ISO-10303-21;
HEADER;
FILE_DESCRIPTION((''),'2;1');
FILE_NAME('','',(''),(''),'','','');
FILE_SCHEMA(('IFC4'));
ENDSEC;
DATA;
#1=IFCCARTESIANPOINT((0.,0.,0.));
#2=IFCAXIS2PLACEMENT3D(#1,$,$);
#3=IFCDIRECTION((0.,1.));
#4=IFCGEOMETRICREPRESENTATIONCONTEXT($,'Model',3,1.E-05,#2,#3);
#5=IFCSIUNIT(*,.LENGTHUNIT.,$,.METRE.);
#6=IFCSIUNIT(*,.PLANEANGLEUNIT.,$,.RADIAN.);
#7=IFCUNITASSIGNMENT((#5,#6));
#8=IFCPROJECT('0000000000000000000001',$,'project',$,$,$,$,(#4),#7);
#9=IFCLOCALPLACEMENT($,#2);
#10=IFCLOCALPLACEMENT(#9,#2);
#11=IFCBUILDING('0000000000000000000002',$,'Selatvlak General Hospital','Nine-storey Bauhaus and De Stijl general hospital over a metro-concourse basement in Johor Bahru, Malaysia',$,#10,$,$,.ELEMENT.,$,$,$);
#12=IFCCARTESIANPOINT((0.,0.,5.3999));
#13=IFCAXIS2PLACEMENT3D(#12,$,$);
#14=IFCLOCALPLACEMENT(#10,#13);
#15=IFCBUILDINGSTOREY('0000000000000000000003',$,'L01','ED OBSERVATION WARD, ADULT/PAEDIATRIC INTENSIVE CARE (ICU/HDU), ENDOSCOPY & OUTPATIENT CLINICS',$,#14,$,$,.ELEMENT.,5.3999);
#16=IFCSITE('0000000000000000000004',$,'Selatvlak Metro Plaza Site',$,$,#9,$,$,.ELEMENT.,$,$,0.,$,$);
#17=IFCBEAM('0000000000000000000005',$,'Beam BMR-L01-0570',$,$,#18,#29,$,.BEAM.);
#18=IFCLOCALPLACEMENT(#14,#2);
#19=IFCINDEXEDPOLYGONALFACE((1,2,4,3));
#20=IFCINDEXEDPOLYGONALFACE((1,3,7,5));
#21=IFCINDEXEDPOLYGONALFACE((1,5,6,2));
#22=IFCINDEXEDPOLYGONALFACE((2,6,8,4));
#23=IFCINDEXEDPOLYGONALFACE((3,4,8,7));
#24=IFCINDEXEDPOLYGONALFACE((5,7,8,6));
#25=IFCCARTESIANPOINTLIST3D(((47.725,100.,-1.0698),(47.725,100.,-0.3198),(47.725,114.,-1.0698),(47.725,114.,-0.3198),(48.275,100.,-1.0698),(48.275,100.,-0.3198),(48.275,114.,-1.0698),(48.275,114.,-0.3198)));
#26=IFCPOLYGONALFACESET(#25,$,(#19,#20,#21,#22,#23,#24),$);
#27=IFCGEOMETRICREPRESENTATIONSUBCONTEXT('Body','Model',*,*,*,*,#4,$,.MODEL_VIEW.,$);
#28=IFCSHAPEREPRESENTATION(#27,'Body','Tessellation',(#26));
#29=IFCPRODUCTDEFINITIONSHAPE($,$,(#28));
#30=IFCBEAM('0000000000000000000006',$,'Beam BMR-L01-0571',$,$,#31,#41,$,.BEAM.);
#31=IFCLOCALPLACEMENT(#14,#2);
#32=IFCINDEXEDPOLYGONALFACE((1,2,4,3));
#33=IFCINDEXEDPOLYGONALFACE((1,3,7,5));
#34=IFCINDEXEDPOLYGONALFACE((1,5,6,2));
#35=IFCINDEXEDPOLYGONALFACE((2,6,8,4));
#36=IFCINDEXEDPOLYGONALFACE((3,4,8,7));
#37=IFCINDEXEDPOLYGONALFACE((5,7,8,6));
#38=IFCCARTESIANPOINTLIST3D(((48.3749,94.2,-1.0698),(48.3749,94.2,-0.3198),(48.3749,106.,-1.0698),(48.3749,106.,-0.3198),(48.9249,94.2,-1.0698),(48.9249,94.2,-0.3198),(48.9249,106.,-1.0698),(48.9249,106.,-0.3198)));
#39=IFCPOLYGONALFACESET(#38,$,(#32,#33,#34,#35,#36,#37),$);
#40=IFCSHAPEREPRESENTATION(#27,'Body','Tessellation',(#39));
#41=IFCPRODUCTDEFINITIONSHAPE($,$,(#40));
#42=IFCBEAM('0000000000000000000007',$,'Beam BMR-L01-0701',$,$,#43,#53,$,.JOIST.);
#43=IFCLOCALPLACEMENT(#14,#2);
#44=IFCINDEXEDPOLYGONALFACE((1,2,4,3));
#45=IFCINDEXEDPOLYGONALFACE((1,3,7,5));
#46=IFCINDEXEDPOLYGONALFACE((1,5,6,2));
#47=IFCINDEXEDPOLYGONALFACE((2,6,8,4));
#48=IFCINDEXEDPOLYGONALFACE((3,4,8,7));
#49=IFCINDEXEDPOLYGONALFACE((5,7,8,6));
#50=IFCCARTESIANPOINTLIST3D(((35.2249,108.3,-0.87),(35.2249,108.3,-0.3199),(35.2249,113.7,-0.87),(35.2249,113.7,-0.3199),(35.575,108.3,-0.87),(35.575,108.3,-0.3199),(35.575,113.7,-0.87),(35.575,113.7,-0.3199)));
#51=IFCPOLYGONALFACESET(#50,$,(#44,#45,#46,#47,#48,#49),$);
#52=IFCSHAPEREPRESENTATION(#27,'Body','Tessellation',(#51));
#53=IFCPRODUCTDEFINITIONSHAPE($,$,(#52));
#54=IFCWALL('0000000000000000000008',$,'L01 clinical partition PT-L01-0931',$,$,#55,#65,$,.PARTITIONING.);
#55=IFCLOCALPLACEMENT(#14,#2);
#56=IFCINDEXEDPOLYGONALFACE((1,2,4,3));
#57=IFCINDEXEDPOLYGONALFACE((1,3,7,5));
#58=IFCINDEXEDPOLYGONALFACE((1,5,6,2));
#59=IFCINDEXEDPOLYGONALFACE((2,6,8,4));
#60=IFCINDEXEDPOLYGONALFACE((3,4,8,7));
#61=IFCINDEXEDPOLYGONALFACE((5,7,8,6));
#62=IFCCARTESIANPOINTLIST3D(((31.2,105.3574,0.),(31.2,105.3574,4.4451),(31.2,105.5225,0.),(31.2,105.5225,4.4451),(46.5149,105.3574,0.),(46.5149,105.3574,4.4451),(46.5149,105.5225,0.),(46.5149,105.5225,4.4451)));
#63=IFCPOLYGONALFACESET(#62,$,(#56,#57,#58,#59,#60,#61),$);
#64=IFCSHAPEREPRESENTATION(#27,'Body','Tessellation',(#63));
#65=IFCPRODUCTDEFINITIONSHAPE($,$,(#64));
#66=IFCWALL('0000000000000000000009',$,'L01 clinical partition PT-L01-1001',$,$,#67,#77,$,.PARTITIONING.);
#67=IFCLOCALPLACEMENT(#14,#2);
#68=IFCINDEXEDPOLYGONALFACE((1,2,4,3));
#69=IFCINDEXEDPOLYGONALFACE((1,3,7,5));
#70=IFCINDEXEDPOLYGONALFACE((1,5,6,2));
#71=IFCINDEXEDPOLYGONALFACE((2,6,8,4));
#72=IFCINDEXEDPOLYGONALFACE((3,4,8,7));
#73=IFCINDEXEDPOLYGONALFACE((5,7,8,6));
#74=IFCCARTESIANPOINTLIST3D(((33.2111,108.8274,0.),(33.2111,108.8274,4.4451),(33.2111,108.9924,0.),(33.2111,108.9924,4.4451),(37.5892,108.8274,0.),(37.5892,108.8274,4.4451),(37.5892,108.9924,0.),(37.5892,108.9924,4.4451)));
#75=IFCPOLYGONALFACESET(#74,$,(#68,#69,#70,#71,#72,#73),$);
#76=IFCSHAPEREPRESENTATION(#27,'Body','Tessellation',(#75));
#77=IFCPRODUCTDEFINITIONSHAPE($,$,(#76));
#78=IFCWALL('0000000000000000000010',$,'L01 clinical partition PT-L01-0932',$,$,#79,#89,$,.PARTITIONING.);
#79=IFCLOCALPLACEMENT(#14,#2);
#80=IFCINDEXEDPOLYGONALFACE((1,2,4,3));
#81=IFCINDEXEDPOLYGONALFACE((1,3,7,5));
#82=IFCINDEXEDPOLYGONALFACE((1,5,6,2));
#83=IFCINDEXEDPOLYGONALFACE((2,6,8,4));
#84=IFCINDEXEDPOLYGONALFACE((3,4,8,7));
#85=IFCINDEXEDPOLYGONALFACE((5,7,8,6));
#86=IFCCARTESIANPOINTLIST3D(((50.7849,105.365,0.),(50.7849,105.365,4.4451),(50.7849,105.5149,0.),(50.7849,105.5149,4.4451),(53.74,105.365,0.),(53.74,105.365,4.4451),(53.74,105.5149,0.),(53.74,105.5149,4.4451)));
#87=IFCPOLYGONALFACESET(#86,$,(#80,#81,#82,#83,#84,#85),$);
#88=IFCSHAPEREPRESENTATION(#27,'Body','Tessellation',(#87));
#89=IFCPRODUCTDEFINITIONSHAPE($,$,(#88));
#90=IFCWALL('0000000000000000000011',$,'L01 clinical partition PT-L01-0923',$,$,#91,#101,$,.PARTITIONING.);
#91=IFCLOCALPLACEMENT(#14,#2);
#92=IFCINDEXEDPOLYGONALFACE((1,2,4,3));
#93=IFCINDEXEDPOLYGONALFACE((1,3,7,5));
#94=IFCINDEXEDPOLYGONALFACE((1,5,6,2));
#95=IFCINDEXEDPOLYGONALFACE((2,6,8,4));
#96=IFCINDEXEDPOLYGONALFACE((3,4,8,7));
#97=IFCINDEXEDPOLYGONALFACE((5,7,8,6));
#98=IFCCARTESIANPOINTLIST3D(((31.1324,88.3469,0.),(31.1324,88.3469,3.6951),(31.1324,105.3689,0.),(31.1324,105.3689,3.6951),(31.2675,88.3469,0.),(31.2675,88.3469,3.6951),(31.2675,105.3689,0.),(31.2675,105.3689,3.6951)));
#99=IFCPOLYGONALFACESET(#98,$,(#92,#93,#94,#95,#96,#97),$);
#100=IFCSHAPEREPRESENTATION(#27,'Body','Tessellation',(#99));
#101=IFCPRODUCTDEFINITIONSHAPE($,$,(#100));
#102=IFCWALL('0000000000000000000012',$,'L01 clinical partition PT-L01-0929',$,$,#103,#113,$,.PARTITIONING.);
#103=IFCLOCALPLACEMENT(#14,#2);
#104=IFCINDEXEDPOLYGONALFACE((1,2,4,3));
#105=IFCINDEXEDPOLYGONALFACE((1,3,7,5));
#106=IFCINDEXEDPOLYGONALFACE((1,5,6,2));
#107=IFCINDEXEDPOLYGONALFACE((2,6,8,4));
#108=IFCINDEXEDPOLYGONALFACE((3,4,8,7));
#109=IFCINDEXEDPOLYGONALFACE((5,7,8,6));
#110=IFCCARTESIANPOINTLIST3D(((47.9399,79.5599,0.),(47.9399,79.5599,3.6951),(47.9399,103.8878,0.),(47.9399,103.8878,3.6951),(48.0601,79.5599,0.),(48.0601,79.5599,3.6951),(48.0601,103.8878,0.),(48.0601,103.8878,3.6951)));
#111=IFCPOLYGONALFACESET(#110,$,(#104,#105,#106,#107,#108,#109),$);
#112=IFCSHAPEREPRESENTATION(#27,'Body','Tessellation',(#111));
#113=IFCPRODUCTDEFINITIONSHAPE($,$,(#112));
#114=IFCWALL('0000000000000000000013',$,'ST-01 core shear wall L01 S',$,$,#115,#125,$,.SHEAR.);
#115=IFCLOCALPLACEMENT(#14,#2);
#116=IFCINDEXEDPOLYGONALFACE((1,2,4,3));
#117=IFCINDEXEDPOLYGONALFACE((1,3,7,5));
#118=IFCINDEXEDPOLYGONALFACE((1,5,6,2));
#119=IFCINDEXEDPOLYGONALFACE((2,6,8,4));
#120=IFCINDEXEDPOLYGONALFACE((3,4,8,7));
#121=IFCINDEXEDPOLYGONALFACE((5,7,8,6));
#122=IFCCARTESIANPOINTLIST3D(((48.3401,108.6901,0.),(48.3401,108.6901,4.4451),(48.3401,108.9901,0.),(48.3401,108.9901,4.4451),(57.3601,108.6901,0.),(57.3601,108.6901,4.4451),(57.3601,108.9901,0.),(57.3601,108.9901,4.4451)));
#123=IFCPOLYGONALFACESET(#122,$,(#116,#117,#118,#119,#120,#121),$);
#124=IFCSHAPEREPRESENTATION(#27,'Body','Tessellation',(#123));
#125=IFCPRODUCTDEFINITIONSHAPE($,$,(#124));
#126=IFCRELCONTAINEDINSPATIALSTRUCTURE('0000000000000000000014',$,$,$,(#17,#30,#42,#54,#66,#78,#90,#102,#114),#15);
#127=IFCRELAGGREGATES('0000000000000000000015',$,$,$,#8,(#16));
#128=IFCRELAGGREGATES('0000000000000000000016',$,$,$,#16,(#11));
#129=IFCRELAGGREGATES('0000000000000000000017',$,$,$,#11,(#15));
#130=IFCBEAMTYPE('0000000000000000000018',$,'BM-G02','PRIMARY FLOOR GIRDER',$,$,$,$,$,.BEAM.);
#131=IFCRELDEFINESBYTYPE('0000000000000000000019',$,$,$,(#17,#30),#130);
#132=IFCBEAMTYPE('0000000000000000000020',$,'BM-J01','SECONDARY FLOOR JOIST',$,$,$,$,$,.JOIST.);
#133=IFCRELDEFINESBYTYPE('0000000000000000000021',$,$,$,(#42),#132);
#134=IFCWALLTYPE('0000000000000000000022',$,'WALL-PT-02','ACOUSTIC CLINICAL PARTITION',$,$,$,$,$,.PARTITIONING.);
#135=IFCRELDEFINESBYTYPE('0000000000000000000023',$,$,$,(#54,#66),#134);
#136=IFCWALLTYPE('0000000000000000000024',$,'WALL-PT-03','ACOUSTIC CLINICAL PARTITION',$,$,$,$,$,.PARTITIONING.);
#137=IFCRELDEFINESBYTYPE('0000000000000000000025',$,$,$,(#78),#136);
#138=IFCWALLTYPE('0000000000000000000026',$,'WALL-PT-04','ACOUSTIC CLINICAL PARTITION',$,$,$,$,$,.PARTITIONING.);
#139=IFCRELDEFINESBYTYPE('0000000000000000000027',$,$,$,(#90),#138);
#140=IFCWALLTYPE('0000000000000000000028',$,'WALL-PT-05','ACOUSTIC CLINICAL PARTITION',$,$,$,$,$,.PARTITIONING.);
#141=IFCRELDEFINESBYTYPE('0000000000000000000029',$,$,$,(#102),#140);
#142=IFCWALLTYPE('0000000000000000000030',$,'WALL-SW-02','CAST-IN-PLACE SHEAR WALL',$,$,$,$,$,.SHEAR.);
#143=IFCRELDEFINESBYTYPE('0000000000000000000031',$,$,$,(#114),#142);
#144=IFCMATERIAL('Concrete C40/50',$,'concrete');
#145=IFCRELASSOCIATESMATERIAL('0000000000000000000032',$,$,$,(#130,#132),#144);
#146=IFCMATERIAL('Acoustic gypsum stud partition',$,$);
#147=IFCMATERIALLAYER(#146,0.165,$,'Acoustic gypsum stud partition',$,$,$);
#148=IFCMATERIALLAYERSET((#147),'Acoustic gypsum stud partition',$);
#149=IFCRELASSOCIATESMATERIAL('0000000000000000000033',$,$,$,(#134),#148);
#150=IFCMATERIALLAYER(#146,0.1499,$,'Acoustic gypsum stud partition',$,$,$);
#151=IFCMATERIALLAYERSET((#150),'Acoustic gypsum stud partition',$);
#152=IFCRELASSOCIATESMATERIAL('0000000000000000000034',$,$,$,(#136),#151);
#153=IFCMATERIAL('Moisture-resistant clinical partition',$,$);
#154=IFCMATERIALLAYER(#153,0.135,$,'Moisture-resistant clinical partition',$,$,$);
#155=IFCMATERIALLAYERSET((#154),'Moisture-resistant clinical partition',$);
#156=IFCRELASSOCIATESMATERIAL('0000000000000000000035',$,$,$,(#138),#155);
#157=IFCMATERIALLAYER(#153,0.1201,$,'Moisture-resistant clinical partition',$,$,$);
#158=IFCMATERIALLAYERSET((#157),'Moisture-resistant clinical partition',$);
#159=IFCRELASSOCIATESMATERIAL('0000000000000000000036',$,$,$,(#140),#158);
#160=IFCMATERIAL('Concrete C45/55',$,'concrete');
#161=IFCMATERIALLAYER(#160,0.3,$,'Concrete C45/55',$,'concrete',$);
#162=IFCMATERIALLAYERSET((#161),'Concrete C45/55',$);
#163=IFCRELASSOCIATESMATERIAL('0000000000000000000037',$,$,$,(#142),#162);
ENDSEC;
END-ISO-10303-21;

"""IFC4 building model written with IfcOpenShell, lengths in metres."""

from ifc_helpers import new_model, si_unit, direction, frame, frame_2d, origin, origin_2d, place, context, subcontext, project, spatial, rectangle, extrude, material, layer, layer_set, material_profile, profile_set, type_object, element, save


model = new_model("IFC4")

# Units and contexts
model_context = context("Model", 3, precision=1e-05, world=origin(), true_north=direction((0.0, 1.0)))
body_context = subcontext(model_context, "Body", "Model", "MODEL_VIEW")
ifc_project = project(units=[si_unit("LENGTHUNIT", "METRE"), si_unit("PLANEANGLEUNIT", "RADIAN")], contexts=[model_context])

# Site, building, storey
site_placement = place(None, origin())
site = spatial("IfcSite", under=ifc_project, at=site_placement, Name="Selatvlak Metro Plaza Site", CompositionType="ELEMENT", RefElevation=0.0)
building_placement = place(site_placement, origin())
building = spatial("IfcBuilding", under=site, at=building_placement, Name="Selatvlak General Hospital", Description="Nine-storey Bauhaus and De Stijl general hospital over a metro-concourse basement in Johor Bahru, Malaysia", CompositionType="ELEMENT")
storey_placement = place(building_placement, frame((0.0, 0.0, 5.3999)))
storey = spatial("IfcBuildingStorey", under=building, at=storey_placement, Name="L01", Description="ED OBSERVATION WARD, ADULT/PAEDIATRIC INTENSIVE CARE (ICU/HDU), ENDOSCOPY & OUTPATIENT CLINICS", CompositionType="ELEMENT", Elevation=5.3999)

# Beams
ifc_material_1 = material(Name="Concrete C40/50", Category="concrete")
ifc_material_profile_1 = material_profile(ifc_material_1, rectangle(XDim=0.55, YDim=0.75, at=origin_2d()), Name="RC-BM 550x750")
ifc_profile_set_1 = profile_set([ifc_material_profile_1], Name="Concrete C40/50")
beam_type_1 = type_object("IfcBeamType", Name="BM-G02", Description="PRIMARY FLOOR GIRDER", PredefinedType="BEAM", material=ifc_profile_set_1)
beam_1_placement = place(storey_placement, frame((48.0, 100.0, -0.6948), z_axis=(0.0, 1.0, 0.0), x_axis=(-1.0, 0.0, 0.0)))
element("IfcBeam", 1, at=beam_1_placement, inside=storey, type_object=beam_type_1, Name="Beam BMR-L01-0570", PredefinedType="BEAM", context=body_context, shape_type="SweptSolid", body=[
    extrude(rectangle(XDim=0.55, YDim=0.75, at=origin_2d()), origin(), (0.0, 0.0, 1.0), 14.0),
])
beam_2_placement = place(storey_placement, frame((48.6499, 94.2, -0.6948), z_axis=(0.0, 1.0, 0.0), x_axis=(-1.0, 0.0, 0.0)))
element("IfcBeam", 2, at=beam_2_placement, inside=storey, type_object=beam_type_1, Name="Beam BMR-L01-0571", PredefinedType="BEAM", context=body_context, shape_type="SweptSolid", body=[
    extrude(rectangle(XDim=0.55, YDim=0.75, at=origin_2d()), origin(), (0.0, 0.0, 1.0), 11.8),
])
ifc_material_profile_2 = material_profile(ifc_material_1, rectangle(XDim=0.3501, YDim=0.55, at=origin_2d()), Name="RC-BM 350x550")
ifc_profile_set_2 = profile_set([ifc_material_profile_2], Name="Concrete C40/50")
beam_type_2 = type_object("IfcBeamType", Name="BM-J01", Description="SECONDARY FLOOR JOIST", PredefinedType="JOIST", material=ifc_profile_set_2)
beam_3_placement = place(storey_placement, frame((35.3999, 108.3, -0.595), z_axis=(0.0, 1.0, 0.0), x_axis=(-1.0, 0.0, 0.0)))
element("IfcBeam", 3, at=beam_3_placement, inside=storey, type_object=beam_type_2, Name="Beam BMR-L01-0701", PredefinedType="JOIST", context=body_context, shape_type="SweptSolid", body=[
    extrude(rectangle(XDim=0.3501, YDim=0.55, at=origin_2d()), origin(), (0.0, 0.0, 1.0), 5.3999),
])

# Walls
ifc_material_2 = material(Name="Acoustic gypsum stud partition")
ifc_layer_1 = layer(ifc_material_2, 0.165, Name="Acoustic gypsum stud partition")
ifc_layer_set_1 = layer_set([ifc_layer_1], Name="Acoustic gypsum stud partition")
wall_type_1 = type_object("IfcWallType", Name="WALL-PT-02", Description="ACOUSTIC CLINICAL PARTITION", PredefinedType="PARTITIONING", material=ifc_layer_set_1)
wall_1_placement = place(storey_placement, frame((31.2, 105.4399, 0.0), z_axis=(0.0, 0.0, 1.0), x_axis=(1.0, 0.0, 0.0)))
element("IfcWall", 4, at=wall_1_placement, inside=storey, type_object=wall_type_1, Name="L01 clinical partition PT-L01-0931", PredefinedType="PARTITIONING", context=body_context, shape_type="SweptSolid", body=[
    extrude(rectangle(XDim=15.3149, YDim=0.165, at=frame_2d((7.6575, 0.0))), origin(), (0.0, 0.0, 1.0), 4.4451),
])
wall_2_placement = place(storey_placement, frame((37.5891, 108.9099, 0.0), z_axis=(0.0, 0.0, 1.0), x_axis=(-1.0, 0.0, 0.0)))
element("IfcWall", 5, at=wall_2_placement, inside=storey, type_object=wall_type_1, Name="L01 clinical partition PT-L01-1001", PredefinedType="PARTITIONING", context=body_context, shape_type="SweptSolid", body=[
    extrude(rectangle(XDim=4.3782, YDim=0.165, at=frame_2d((2.189, 0.0))), origin(), (0.0, 0.0, 1.0), 4.4451),
])
ifc_layer_2 = layer(ifc_material_2, 0.1499, Name="Acoustic gypsum stud partition")
ifc_layer_set_2 = layer_set([ifc_layer_2], Name="Acoustic gypsum stud partition")
wall_type_2 = type_object("IfcWallType", Name="WALL-PT-03", Description="ACOUSTIC CLINICAL PARTITION", PredefinedType="PARTITIONING", material=ifc_layer_set_2)
wall_3_placement = place(storey_placement, frame((50.7849, 105.4399, 0.0), z_axis=(0.0, 0.0, 1.0), x_axis=(1.0, 0.0, 0.0)))
element("IfcWall", 6, at=wall_3_placement, inside=storey, type_object=wall_type_2, Name="L01 clinical partition PT-L01-0932", PredefinedType="PARTITIONING", context=body_context, shape_type="SweptSolid", body=[
    extrude(rectangle(XDim=2.9551, YDim=0.1499, at=frame_2d((1.4775, 0.0))), origin(), (0.0, 0.0, 1.0), 4.4451),
])
ifc_material_3 = material(Name="Moisture-resistant clinical partition")
ifc_layer_3 = layer(ifc_material_3, 0.135, Name="Moisture-resistant clinical partition")
ifc_layer_set_3 = layer_set([ifc_layer_3], Name="Moisture-resistant clinical partition")
wall_type_3 = type_object("IfcWallType", Name="WALL-PT-04", Description="ACOUSTIC CLINICAL PARTITION", PredefinedType="PARTITIONING", material=ifc_layer_set_3)
wall_4_placement = place(storey_placement, frame((31.2, 105.3689, 0.0), z_axis=(0.0, 0.0, 1.0), x_axis=(0.0, -1.0, 0.0)))
element("IfcWall", 7, at=wall_4_placement, inside=storey, type_object=wall_type_3, Name="L01 clinical partition PT-L01-0923", PredefinedType="PARTITIONING", context=body_context, shape_type="SweptSolid", body=[
    extrude(rectangle(XDim=17.022, YDim=0.135, at=frame_2d((8.511, 0.0))), origin(), (0.0, 0.0, 1.0), 3.6951),
])
ifc_layer_4 = layer(ifc_material_3, 0.1201, Name="Moisture-resistant clinical partition")
ifc_layer_set_4 = layer_set([ifc_layer_4], Name="Moisture-resistant clinical partition")
wall_type_4 = type_object("IfcWallType", Name="WALL-PT-05", Description="ACOUSTIC CLINICAL PARTITION", PredefinedType="PARTITIONING", material=ifc_layer_set_4)
wall_5_placement = place(storey_placement, frame((48.0, 103.8879, 0.0), z_axis=(0.0, 0.0, 1.0), x_axis=(0.0, -1.0, 0.0)))
element("IfcWall", 8, at=wall_5_placement, inside=storey, type_object=wall_type_4, Name="L01 clinical partition PT-L01-0929", PredefinedType="PARTITIONING", context=body_context, shape_type="SweptSolid", body=[
    extrude(rectangle(XDim=24.3279, YDim=0.1201, at=frame_2d((12.1641, 0.0))), origin(), (0.0, 0.0, 1.0), 3.6951),
])
ifc_material_4 = material(Name="Concrete C45/55", Category="concrete")
ifc_layer_5 = layer(ifc_material_4, 0.3, Name="Concrete C45/55", Category="concrete")
ifc_layer_set_5 = layer_set([ifc_layer_5], Name="Concrete C45/55")
wall_type_5 = type_object("IfcWallType", Name="WALL-SW-02", Description="CAST-IN-PLACE SHEAR WALL", PredefinedType="SHEAR", material=ifc_layer_set_5)
wall_6_placement = place(storey_placement, frame((48.3401, 108.8401, 0.0), z_axis=(0.0, 0.0, 1.0), x_axis=(1.0, 0.0, 0.0)))
element("IfcWall", 9, at=wall_6_placement, inside=storey, type_object=wall_type_5, Name="ST-01 core shear wall L01 S", PredefinedType="SHEAR", context=body_context, shape_type="SweptSolid", body=[
    extrude(rectangle(XDim=9.02, YDim=0.3, at=frame_2d((4.51, 0.0))), origin(), (0.0, 0.0, 1.0), 4.4451),
])

save(model, "model.ifc")
